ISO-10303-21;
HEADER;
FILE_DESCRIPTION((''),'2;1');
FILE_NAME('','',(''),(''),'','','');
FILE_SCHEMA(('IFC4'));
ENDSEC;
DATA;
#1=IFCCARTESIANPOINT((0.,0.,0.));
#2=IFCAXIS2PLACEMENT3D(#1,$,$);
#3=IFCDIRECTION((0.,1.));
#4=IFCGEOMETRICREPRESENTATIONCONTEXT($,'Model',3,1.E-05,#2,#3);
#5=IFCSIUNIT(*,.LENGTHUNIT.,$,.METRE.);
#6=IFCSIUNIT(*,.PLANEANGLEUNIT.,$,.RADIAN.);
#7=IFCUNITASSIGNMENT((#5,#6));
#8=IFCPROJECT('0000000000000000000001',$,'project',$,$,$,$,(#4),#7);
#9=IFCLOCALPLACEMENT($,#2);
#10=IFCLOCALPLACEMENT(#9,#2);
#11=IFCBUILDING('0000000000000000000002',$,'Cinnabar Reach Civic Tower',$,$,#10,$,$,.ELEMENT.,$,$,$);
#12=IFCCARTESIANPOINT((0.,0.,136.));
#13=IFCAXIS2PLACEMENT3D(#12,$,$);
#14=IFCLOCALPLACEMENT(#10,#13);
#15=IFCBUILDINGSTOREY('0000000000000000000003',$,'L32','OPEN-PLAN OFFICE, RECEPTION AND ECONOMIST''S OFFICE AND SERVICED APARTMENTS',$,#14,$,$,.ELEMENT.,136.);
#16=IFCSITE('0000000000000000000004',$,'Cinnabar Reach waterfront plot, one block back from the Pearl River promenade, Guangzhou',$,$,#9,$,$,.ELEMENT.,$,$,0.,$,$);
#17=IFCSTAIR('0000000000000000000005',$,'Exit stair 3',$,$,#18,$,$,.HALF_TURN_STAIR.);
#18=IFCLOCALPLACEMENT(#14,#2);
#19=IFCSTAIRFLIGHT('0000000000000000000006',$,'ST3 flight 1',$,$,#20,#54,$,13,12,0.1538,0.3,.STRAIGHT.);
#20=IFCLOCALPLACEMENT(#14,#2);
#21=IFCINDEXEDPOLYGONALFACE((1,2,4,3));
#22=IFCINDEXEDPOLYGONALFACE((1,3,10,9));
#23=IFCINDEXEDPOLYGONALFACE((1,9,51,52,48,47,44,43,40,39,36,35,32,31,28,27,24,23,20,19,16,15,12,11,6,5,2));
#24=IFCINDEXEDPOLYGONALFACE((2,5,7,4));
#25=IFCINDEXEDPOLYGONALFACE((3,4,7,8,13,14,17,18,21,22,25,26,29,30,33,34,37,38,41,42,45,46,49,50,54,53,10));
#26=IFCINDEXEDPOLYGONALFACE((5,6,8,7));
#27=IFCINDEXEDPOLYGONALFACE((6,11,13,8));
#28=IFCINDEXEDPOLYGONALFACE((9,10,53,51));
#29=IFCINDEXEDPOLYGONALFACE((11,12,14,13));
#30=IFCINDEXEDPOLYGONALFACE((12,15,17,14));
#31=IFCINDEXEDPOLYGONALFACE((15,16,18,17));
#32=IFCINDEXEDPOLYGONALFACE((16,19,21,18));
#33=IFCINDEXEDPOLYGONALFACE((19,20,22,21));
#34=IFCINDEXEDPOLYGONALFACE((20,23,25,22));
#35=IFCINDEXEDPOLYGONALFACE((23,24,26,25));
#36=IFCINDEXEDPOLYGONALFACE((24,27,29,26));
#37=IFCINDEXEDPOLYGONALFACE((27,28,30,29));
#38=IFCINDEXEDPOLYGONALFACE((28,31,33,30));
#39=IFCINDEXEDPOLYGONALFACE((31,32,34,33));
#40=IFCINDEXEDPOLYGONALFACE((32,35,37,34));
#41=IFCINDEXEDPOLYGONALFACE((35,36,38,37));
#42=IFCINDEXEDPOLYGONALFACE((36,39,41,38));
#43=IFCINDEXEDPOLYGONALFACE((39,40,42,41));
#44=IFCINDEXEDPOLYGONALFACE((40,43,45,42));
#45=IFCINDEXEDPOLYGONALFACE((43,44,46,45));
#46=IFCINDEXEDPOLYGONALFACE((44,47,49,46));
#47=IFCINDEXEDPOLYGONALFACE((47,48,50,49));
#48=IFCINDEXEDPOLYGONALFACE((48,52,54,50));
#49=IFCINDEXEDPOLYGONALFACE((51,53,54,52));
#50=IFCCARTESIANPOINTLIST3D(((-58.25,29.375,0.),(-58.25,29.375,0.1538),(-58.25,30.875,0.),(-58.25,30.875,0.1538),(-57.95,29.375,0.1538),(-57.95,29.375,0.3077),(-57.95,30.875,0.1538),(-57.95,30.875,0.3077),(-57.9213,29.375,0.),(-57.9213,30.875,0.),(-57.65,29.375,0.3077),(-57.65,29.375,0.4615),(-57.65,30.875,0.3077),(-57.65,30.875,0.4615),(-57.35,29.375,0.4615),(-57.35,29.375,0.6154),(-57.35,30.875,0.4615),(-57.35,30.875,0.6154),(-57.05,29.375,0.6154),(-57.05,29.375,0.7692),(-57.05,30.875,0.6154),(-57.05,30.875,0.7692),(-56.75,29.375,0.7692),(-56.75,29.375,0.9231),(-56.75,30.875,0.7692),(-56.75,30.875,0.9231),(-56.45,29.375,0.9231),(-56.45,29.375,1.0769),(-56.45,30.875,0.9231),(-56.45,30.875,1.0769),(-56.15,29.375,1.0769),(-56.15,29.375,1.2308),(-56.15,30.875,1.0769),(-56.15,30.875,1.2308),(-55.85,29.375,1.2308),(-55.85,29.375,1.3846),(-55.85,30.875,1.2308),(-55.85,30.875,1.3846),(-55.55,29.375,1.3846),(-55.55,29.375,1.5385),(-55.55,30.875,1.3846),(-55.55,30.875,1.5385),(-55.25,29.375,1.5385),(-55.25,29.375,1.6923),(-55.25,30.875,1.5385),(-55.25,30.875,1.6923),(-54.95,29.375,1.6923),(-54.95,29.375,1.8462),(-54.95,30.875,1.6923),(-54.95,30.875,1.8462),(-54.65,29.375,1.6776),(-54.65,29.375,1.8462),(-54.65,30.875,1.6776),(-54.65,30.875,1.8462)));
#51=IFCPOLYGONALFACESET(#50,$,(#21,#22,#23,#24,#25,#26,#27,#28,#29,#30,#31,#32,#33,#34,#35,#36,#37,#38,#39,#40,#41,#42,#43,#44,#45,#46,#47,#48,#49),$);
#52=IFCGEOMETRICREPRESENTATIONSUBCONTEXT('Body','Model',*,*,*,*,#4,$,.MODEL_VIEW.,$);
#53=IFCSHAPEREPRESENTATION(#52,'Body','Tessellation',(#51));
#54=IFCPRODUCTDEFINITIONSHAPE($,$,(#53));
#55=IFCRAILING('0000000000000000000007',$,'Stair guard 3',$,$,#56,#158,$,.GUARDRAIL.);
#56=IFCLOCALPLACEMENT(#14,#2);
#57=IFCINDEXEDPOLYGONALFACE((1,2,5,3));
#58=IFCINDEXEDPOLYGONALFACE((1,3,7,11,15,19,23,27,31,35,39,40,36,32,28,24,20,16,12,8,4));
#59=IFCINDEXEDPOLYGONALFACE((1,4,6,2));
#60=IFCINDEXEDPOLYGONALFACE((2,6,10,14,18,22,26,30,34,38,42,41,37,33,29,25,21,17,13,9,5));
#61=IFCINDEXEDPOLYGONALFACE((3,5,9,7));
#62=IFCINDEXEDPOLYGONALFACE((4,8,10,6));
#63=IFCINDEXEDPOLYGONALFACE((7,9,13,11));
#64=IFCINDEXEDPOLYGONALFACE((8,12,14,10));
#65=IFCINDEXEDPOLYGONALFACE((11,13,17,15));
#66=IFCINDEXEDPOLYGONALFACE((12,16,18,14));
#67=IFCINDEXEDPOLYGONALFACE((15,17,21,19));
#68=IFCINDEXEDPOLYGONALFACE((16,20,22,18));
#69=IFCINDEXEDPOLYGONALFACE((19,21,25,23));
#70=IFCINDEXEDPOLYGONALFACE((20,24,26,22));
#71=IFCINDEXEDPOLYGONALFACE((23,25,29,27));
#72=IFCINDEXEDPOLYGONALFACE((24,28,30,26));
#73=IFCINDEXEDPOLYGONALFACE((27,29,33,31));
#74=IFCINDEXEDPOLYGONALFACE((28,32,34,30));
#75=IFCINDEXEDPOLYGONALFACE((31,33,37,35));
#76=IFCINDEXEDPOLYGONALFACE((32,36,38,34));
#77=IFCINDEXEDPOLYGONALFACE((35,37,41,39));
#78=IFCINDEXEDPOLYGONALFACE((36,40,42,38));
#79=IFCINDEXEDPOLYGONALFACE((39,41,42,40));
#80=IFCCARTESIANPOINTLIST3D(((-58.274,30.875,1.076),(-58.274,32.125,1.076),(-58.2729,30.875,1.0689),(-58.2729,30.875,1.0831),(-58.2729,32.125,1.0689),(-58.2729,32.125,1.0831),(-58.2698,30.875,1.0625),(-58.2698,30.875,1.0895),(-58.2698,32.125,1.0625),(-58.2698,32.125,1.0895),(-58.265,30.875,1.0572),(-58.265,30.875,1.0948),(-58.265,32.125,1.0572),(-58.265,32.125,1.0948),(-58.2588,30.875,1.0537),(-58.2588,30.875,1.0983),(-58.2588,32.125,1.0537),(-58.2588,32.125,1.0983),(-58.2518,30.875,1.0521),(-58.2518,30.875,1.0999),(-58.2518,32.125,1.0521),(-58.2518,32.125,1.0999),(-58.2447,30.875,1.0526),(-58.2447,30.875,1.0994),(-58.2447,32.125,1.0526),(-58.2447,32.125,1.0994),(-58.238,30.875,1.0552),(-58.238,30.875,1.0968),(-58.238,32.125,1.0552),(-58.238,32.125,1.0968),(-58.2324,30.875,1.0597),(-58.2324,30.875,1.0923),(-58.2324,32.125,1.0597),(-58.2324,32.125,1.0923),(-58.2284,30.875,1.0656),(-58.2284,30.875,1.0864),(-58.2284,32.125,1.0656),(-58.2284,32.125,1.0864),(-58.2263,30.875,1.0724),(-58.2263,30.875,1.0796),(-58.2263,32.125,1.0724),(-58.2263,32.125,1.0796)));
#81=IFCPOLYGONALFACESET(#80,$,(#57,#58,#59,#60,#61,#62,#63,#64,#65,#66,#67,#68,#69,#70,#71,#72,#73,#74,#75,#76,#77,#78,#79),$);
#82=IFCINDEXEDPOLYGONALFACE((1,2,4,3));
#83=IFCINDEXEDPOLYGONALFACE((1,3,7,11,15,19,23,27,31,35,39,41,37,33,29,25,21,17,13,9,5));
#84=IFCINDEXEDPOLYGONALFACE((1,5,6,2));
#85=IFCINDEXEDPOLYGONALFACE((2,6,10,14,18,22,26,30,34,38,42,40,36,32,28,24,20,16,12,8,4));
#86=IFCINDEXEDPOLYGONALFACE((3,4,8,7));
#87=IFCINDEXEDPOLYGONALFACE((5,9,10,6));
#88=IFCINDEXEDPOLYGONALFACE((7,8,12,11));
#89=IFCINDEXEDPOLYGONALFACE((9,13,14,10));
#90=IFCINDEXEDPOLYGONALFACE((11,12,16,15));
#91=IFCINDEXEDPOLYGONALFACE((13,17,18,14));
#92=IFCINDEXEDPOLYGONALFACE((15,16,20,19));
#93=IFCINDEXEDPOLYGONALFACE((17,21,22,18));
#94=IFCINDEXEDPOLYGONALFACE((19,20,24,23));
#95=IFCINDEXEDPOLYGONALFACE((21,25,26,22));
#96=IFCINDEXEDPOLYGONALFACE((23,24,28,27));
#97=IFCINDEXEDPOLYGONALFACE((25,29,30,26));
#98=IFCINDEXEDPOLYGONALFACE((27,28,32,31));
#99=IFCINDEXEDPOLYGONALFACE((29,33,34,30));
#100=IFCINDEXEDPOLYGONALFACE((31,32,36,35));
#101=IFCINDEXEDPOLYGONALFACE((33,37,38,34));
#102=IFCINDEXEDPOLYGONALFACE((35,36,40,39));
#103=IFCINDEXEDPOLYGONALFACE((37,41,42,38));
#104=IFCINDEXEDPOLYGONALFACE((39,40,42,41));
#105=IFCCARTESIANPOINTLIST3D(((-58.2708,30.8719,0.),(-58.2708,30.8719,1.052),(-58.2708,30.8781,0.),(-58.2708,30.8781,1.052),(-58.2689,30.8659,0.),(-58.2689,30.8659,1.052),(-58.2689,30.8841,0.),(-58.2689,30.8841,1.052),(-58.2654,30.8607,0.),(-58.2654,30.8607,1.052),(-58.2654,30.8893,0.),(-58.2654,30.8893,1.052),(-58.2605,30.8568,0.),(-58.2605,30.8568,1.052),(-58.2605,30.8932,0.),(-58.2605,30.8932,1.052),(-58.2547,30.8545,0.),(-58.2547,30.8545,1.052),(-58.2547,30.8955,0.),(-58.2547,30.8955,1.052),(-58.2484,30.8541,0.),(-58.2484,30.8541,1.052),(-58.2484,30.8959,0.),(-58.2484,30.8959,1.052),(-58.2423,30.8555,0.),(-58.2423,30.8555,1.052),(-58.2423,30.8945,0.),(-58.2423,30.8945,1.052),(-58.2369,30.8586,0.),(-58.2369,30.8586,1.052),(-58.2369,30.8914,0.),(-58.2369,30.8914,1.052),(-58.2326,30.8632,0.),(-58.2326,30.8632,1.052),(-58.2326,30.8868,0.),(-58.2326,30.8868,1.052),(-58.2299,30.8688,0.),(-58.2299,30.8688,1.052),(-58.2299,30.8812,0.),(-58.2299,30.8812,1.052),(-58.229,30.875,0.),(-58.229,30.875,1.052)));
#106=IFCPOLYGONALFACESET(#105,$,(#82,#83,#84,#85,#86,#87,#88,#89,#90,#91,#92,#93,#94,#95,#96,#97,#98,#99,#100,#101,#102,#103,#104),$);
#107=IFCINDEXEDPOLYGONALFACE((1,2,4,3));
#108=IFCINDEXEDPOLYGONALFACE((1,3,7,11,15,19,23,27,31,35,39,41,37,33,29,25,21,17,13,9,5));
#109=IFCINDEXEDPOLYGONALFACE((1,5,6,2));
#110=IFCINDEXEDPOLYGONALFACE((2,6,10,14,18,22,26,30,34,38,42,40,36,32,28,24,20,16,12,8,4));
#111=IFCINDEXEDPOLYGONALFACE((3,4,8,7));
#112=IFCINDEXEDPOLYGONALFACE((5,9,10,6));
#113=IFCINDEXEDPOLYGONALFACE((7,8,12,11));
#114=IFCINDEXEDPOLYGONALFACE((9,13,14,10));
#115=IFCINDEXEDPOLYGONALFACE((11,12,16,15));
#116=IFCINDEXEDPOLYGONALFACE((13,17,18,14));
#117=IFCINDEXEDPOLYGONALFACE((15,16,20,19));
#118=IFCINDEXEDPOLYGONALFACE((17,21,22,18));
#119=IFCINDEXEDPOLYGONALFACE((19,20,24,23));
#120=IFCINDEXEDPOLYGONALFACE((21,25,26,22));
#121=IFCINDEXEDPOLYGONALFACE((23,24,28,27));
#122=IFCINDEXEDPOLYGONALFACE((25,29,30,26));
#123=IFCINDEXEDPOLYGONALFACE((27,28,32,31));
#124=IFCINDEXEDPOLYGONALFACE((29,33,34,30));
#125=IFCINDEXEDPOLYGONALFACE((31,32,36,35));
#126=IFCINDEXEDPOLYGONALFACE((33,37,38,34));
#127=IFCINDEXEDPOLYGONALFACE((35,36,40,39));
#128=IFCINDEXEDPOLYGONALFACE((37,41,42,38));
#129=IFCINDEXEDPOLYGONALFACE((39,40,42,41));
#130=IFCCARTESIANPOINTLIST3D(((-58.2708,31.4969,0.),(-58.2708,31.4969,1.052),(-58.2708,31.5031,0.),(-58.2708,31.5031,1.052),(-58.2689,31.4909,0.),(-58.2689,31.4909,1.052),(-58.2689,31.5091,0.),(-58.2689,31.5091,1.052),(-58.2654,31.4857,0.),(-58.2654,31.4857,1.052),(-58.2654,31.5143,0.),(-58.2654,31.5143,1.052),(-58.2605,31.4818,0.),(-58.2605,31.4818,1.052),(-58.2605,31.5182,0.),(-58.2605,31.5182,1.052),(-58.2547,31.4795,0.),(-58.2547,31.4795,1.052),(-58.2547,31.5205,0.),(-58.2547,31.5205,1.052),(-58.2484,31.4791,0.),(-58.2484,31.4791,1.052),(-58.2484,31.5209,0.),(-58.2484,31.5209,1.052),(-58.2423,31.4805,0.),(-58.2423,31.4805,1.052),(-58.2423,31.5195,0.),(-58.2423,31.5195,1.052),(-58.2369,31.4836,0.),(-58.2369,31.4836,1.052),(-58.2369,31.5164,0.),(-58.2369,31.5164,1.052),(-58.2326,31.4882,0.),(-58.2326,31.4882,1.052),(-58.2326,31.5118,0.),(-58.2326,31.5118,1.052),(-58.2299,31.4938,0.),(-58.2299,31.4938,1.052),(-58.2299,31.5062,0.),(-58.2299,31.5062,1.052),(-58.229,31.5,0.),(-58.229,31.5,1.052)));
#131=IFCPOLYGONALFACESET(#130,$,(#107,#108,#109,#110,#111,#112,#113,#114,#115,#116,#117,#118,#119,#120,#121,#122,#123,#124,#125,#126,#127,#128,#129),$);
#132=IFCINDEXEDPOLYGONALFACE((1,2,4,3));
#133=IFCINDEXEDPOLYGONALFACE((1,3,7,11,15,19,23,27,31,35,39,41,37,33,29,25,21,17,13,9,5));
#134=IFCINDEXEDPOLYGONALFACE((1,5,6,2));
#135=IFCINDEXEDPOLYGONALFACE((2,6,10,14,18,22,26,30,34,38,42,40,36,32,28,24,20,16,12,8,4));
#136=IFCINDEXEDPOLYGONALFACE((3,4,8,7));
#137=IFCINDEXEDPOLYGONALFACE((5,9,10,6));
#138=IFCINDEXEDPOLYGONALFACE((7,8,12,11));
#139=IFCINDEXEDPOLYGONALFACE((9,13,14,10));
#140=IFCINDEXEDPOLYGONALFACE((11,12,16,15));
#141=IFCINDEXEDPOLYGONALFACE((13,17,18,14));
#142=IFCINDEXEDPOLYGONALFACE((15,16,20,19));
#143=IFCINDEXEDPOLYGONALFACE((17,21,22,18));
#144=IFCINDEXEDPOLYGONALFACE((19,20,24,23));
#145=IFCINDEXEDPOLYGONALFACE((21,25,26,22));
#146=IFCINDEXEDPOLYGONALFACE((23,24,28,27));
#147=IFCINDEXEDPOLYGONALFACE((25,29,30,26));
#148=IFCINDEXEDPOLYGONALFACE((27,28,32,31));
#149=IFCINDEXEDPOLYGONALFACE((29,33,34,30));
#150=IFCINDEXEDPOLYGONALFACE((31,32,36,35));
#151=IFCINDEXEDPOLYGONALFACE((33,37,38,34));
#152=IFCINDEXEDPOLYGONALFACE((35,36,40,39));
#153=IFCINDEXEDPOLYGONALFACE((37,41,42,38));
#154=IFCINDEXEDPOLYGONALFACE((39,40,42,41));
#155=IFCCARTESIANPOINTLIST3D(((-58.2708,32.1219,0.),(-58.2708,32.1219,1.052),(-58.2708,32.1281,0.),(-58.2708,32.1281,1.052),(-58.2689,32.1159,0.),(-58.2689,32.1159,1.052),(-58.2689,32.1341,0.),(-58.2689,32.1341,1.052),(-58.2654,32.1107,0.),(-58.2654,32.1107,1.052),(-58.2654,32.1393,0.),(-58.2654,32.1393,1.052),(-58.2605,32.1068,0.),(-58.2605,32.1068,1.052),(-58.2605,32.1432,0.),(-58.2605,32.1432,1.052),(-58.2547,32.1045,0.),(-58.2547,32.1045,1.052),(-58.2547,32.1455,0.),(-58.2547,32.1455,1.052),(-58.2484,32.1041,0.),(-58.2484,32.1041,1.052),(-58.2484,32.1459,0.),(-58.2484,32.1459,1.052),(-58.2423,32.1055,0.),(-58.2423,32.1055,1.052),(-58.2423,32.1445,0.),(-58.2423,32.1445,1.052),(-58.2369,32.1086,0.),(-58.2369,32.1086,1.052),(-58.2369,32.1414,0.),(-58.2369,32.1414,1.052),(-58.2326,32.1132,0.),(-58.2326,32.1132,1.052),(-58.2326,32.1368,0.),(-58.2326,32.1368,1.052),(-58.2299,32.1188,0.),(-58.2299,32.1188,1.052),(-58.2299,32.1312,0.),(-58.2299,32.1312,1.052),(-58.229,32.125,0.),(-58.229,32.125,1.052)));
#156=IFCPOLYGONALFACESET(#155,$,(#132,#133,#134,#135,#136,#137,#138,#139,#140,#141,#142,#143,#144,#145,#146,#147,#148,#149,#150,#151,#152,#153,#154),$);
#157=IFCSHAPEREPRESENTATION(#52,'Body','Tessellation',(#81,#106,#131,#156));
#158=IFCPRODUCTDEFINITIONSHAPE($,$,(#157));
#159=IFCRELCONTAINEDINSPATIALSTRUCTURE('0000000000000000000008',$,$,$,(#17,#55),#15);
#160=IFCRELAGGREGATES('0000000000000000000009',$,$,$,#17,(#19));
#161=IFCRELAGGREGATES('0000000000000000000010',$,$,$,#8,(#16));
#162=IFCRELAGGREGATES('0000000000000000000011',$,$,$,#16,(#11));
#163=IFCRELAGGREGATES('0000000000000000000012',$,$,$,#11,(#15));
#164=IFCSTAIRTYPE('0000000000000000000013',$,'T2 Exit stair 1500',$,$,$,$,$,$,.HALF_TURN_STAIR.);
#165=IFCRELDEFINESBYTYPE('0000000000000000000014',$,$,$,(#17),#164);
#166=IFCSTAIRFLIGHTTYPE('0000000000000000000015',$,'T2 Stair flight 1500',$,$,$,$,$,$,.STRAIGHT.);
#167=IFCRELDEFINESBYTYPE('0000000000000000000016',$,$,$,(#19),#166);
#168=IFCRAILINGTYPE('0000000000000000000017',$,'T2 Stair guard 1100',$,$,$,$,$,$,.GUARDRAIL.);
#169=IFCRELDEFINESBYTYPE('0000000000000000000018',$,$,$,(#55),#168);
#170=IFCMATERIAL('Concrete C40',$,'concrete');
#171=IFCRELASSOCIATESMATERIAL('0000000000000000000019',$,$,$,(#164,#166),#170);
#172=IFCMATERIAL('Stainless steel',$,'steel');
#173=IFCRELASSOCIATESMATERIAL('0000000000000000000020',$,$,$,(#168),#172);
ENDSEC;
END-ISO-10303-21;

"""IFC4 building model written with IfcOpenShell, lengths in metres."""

from ifc_helpers import new_model, si_unit, direction, frame, origin, origin_2d, place, context, subcontext, project, spatial, polyline, circle, outline, extrude, material, type_object, element, aggregate, save


model = new_model("IFC4")

# Units and contexts
model_context = context("Model", 3, precision=1e-05, world=origin(), true_north=direction((0.0, 1.0)))
body_context = subcontext(model_context, "Body", "Model", "MODEL_VIEW")
ifc_project = project(units=[si_unit("LENGTHUNIT", "METRE"), si_unit("PLANEANGLEUNIT", "RADIAN")], contexts=[model_context])

# Site, building, storey
site_placement = place(None, origin())
site = spatial("IfcSite", under=ifc_project, at=site_placement, Name="Cinnabar Reach waterfront plot, one block back from the Pearl River promenade, Guangzhou", CompositionType="ELEMENT", RefElevation=0.0)
building_placement = place(site_placement, origin())
building = spatial("IfcBuilding", under=site, at=building_placement, Name="Cinnabar Reach Civic Tower", CompositionType="ELEMENT")
storey_placement = place(building_placement, frame((0.0, 0.0, 136.0)))
storey = spatial("IfcBuildingStorey", under=building, at=storey_placement, Name="L32", Description="OPEN-PLAN OFFICE, RECEPTION AND ECONOMIST'S OFFICE AND SERVICED APARTMENTS", CompositionType="ELEMENT", Elevation=136.0)

# Stair, stair flight
ifc_material_1 = material(Name="Concrete C40", Category="concrete")
stair_type = type_object("IfcStairType", Name="T2 Exit stair 1500", PredefinedType="HALF_TURN_STAIR", material=ifc_material_1)
stair_placement = place(storey_placement, origin())
stair = element("IfcStair", 1, at=stair_placement, inside=storey, type_object=stair_type, Name="Exit stair 3", PredefinedType="HALF_TURN_STAIR")
stair_flight_type = type_object("IfcStairFlightType", Name="T2 Stair flight 1500", PredefinedType="STRAIGHT", material=ifc_material_1)
stair_flight_placement = place(storey_placement, frame((-58.25, 30.125, 0.0), z_axis=(0.0, 0.0, 1.0), x_axis=(1.0, 0.0, 0.0)))
stair_flight = element("IfcStairFlight", 2, at=stair_flight_placement, type_object=stair_flight_type, Name="ST3 flight 1", NumberOfRisers=13, NumberOfTreads=12, PredefinedType="STRAIGHT", RiserHeight=0.1538, TreadLength=0.3, context=body_context, shape_type="SweptSolid", body=[
    extrude(outline(polyline([(0.0, 0.0), (0.0, 0.1538), (0.3, 0.1538), (0.3, 0.3077), (0.6, 0.3077), (0.6, 0.4615), (0.9, 0.4615), (0.9, 0.6154), (1.2, 0.6154), (1.2, 0.7692), (1.5, 0.7692), (1.5, 0.9231), (1.8, 0.9231), (1.8, 1.0769), (2.1, 1.0769), (2.1, 1.2308), (2.4, 1.2308), (2.4, 1.3846), (2.7, 1.3846), (2.7, 1.5385), (3.0, 1.5385), (3.0, 1.6923), (3.3, 1.6923), (3.3, 1.8462), (3.6, 1.8462), (3.6, 2.0), (3.6, 1.6776), (0.3287, 0.0), (0.0, 0.0)])), frame((0.0, 0.75, 0.0), z_axis=(0.0, -1.0, 0.0), x_axis=(1.0, 0.0, 0.0)), (0.0, 0.0, 1.0), 1.5),
])
aggregate(stair, [stair_flight])

# Railing
ifc_material_2 = material(Name="Stainless steel", Category="steel")
railing_type = type_object("IfcRailingType", Name="T2 Stair guard 1100", PredefinedType="GUARDRAIL", material=ifc_material_2)
railing_1_placement = place(storey_placement, frame((-58.25, 30.875, 0.0)))
element("IfcRailing", 3, at=railing_1_placement, inside=storey, type_object=railing_type, Name="Stair guard 3", PredefinedType="GUARDRAIL", context=body_context, shape_type="SweptSolid", body=[
    extrude(circle(Radius=0.024, at=origin_2d()), frame((0.0, 0.0, 1.076), z_axis=(0.0, 1.0, 0.0), x_axis=(-1.0, 0.0, 0.0)), (0.0, 0.0, 1.0), 1.25),
    extrude(circle(Radius=0.021, at=origin_2d()), origin(), (0.0, 0.0, 1.0), 1.052),
    extrude(circle(Radius=0.021, at=origin_2d()), frame((0.0, 0.625, 0.0)), (0.0, 0.0, 1.0), 1.052),
    extrude(circle(Radius=0.021, at=origin_2d()), frame((0.0, 1.25, 0.0)), (0.0, 0.0, 1.0), 1.052),
])

save(model, "model.ifc")
